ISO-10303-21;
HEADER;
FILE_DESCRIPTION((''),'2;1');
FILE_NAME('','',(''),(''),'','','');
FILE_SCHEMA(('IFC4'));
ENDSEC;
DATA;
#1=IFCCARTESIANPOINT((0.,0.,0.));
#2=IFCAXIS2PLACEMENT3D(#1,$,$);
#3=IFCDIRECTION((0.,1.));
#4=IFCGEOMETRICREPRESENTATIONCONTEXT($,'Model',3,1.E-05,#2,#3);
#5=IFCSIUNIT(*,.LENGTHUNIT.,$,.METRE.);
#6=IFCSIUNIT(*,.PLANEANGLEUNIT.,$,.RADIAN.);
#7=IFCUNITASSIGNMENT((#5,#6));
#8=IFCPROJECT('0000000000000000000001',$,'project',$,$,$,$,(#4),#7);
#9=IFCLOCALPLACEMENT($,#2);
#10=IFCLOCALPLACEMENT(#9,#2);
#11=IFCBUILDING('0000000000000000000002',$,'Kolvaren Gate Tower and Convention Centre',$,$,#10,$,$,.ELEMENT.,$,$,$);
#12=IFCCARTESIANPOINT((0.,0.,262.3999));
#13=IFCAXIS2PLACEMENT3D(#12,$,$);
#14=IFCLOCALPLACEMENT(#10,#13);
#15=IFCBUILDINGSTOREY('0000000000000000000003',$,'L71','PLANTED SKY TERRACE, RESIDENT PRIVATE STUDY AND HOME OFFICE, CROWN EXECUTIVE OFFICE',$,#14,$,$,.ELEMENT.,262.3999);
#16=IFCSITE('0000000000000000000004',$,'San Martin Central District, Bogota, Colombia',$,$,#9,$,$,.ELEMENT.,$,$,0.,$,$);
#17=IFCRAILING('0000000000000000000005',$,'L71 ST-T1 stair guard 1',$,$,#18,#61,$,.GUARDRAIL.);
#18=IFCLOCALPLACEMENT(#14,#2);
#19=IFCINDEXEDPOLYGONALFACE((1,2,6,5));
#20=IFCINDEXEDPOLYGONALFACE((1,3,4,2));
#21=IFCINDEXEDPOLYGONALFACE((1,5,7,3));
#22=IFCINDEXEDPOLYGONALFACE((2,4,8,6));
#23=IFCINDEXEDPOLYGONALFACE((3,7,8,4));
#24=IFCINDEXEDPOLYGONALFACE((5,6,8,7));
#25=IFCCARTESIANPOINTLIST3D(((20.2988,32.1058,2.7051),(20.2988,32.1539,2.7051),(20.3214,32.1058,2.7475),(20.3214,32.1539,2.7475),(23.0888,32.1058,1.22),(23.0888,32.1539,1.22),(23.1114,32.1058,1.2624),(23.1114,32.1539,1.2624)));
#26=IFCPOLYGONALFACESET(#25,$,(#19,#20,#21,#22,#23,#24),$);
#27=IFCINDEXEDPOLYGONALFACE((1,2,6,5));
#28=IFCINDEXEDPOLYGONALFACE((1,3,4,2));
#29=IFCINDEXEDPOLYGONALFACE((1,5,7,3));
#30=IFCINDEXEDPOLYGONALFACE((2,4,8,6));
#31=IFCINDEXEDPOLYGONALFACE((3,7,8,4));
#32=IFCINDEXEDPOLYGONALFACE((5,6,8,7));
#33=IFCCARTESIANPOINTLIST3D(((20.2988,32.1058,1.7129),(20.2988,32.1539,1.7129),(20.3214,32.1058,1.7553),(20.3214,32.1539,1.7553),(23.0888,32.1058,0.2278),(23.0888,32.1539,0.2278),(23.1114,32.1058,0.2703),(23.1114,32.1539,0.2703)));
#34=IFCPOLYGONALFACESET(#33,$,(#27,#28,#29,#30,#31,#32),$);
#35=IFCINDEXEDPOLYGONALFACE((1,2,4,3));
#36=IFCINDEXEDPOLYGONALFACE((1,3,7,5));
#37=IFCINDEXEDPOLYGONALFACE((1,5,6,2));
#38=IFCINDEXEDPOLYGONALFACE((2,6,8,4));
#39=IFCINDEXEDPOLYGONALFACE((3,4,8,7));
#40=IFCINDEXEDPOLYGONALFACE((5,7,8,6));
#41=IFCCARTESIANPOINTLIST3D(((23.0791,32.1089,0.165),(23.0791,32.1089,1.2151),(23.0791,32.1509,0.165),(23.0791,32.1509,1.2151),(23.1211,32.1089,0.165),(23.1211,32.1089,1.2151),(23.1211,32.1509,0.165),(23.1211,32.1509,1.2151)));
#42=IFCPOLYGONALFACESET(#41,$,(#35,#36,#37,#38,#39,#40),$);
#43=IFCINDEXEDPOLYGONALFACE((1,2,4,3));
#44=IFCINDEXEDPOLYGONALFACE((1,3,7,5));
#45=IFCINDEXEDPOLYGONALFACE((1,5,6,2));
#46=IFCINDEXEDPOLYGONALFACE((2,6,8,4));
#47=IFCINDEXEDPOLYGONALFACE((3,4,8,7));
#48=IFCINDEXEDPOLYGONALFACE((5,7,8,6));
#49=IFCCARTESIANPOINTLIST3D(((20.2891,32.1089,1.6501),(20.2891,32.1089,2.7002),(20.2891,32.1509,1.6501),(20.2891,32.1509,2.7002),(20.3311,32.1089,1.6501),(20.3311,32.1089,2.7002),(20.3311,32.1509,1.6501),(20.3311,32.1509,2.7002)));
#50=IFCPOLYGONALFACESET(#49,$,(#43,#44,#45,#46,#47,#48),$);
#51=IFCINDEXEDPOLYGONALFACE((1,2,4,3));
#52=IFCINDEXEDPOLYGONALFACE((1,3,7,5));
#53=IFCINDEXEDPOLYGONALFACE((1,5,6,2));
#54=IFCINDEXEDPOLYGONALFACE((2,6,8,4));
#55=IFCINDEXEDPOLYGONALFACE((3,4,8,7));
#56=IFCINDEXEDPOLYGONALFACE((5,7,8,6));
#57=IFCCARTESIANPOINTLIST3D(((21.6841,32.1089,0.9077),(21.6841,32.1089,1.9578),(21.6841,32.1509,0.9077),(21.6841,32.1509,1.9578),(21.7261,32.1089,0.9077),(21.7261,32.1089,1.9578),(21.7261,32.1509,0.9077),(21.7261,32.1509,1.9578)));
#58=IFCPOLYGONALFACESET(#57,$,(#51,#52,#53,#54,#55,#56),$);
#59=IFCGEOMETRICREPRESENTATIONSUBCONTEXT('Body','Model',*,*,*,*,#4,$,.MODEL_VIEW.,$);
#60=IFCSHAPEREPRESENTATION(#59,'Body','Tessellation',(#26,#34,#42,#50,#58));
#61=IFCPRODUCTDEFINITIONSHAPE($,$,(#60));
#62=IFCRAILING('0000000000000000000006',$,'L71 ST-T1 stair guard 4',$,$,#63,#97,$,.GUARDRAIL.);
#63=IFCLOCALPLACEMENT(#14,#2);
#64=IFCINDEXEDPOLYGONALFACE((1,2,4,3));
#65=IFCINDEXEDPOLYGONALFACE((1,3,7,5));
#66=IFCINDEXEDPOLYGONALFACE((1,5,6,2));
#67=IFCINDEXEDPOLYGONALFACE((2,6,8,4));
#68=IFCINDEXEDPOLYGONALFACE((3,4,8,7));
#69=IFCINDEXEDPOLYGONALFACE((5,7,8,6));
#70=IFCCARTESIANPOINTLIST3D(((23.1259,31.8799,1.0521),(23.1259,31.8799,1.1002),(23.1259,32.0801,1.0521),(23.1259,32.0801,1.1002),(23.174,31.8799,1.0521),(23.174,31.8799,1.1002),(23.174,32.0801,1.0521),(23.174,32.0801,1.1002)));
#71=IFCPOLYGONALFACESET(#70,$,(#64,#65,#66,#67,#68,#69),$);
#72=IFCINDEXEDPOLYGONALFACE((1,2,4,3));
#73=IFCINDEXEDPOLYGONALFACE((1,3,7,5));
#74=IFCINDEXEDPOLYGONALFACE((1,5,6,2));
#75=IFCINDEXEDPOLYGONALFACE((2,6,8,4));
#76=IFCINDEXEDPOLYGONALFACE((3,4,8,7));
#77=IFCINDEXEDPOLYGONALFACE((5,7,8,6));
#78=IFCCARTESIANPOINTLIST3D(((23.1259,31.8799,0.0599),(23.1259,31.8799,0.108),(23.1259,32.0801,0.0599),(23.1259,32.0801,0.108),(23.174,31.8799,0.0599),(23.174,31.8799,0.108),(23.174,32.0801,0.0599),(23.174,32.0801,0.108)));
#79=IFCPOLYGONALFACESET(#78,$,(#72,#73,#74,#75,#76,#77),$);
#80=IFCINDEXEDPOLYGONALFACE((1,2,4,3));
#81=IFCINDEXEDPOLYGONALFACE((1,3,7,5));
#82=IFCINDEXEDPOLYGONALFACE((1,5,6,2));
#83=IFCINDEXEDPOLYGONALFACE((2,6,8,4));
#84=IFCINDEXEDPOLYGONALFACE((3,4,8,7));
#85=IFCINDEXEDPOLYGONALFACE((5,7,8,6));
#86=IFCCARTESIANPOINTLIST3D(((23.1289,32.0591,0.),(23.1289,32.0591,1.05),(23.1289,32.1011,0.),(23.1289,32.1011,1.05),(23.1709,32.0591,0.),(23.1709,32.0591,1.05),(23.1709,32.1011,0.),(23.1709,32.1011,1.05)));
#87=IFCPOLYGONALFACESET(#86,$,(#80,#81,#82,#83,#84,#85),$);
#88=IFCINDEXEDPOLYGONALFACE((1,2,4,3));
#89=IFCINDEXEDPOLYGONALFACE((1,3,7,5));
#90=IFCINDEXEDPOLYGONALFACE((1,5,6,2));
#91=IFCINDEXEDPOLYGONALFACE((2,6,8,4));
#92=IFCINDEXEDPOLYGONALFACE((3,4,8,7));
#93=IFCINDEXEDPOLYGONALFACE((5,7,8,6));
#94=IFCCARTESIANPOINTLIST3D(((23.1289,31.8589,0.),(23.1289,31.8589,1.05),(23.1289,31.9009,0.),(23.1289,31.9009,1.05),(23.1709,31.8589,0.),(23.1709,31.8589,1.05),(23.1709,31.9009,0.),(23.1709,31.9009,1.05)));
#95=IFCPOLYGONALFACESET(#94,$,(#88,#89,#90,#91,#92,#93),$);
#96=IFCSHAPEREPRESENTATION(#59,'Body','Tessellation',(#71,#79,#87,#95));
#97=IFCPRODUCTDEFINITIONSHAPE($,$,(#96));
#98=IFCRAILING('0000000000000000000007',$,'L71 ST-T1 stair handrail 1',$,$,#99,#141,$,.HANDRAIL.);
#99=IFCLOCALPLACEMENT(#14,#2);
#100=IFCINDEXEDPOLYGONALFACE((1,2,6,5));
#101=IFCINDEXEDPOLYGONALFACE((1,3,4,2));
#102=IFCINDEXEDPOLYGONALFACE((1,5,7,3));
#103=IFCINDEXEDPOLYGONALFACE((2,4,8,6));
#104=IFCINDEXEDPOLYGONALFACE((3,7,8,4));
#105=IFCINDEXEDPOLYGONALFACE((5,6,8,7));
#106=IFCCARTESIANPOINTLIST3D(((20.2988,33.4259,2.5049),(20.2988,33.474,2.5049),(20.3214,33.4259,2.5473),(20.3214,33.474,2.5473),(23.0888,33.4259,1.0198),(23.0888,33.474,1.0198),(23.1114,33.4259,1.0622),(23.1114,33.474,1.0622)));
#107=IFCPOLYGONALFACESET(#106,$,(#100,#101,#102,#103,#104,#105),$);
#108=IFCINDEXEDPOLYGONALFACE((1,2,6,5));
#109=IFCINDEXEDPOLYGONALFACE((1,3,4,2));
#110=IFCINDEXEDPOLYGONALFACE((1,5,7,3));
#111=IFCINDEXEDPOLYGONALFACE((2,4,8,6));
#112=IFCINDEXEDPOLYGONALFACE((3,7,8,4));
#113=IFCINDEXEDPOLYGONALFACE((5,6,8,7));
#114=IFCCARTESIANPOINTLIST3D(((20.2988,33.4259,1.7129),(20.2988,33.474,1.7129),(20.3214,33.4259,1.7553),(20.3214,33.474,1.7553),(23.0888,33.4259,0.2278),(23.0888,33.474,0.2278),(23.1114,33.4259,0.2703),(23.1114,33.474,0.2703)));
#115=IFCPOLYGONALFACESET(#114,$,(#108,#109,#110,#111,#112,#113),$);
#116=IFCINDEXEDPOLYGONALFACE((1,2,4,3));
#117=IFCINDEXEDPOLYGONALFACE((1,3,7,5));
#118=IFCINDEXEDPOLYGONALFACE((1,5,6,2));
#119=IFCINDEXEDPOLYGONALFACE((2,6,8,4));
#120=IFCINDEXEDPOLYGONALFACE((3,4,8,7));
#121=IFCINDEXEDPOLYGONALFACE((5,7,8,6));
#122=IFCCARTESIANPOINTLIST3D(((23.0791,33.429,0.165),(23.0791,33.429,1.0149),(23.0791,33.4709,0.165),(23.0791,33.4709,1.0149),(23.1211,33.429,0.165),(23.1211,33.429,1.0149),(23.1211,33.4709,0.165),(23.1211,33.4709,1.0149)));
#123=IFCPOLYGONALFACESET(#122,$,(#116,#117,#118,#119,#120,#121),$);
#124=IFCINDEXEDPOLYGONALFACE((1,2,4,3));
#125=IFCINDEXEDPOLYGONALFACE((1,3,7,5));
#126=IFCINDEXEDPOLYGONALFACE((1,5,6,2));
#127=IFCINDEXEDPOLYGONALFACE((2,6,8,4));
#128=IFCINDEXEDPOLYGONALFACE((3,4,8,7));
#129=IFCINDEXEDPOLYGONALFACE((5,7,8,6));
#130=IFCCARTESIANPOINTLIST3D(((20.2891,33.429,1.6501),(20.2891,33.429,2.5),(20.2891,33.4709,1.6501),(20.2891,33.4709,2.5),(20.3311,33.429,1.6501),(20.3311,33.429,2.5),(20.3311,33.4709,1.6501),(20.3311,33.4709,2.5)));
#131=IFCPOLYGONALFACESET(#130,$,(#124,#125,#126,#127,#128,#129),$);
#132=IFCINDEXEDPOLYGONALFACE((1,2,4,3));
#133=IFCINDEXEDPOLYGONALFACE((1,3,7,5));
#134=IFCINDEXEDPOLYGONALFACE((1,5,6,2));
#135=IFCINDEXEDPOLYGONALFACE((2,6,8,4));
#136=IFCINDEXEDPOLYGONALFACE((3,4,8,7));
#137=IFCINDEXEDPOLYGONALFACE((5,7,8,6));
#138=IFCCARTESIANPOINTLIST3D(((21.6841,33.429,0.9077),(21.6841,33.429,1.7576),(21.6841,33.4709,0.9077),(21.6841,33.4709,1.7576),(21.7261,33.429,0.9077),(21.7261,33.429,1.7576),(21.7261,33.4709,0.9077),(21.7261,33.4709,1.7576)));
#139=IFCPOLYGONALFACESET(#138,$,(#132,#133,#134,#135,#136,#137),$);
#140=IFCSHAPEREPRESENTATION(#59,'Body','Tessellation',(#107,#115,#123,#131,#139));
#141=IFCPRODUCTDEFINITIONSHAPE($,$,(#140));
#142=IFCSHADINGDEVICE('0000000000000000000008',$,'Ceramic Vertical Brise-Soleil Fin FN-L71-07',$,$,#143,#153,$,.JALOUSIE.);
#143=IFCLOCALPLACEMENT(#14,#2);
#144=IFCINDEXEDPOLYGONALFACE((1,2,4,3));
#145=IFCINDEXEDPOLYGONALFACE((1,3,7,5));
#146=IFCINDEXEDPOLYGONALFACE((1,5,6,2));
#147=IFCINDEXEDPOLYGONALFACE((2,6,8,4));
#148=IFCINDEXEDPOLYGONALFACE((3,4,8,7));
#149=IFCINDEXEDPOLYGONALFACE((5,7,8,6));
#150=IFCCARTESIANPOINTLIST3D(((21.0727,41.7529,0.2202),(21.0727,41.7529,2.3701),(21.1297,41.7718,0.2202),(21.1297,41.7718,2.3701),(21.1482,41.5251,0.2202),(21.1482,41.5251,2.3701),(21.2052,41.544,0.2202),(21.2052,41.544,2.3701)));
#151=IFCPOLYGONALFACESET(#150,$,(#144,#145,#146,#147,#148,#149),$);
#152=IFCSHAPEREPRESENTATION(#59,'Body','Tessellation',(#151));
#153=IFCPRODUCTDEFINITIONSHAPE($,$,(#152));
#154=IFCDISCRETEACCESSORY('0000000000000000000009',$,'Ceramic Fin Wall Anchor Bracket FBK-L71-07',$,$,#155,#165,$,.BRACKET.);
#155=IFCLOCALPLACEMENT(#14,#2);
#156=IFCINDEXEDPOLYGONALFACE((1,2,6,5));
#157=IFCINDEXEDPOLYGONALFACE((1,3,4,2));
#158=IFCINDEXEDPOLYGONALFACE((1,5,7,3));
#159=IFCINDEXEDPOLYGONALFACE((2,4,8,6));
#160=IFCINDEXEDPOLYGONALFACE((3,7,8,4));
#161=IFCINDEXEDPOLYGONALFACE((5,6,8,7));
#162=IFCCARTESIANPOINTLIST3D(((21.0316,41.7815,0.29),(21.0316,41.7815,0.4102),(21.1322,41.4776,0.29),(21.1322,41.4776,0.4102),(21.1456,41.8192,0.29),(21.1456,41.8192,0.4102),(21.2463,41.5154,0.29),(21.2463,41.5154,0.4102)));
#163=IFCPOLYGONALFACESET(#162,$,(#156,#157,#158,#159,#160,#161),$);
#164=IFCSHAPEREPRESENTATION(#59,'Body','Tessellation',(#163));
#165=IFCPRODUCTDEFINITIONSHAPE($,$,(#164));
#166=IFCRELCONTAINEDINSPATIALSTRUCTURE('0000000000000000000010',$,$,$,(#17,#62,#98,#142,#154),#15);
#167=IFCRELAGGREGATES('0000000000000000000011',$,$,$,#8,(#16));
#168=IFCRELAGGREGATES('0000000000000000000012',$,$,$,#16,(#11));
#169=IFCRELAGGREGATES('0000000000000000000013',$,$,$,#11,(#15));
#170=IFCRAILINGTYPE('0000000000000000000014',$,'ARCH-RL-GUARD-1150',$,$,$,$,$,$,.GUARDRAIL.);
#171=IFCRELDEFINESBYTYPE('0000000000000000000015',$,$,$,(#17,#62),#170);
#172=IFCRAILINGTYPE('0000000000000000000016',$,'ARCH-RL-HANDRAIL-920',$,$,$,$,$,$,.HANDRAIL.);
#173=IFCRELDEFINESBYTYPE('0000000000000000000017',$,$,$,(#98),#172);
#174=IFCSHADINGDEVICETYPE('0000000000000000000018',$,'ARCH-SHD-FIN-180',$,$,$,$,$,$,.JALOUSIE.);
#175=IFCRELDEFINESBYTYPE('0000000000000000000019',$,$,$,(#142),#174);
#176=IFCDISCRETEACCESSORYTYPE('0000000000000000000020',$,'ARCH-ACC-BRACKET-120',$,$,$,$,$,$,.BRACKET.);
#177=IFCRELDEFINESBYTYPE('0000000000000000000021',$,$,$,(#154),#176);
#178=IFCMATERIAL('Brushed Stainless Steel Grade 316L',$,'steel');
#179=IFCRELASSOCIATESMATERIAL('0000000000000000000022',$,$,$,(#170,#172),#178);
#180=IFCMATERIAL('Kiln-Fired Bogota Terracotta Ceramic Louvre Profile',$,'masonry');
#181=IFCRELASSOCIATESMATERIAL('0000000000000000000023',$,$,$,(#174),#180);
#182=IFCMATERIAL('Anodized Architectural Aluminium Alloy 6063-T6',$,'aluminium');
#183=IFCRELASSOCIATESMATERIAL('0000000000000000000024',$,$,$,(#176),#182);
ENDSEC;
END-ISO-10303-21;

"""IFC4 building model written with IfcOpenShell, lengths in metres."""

from ifc_helpers import new_model, si_unit, direction, frame, origin, origin_2d, place, context, subcontext, project, spatial, rectangle, extrude, material, type_object, element, save


model = new_model("IFC4")

# Units and contexts
model_context = context("Model", 3, precision=1e-05, world=origin(), true_north=direction((0.0, 1.0)))
body_context = subcontext(model_context, "Body", "Model", "MODEL_VIEW")
ifc_project = project(units=[si_unit("LENGTHUNIT", "METRE"), si_unit("PLANEANGLEUNIT", "RADIAN")], contexts=[model_context])

# Site, building, storey
site_placement = place(None, origin())
site = spatial("IfcSite", under=ifc_project, at=site_placement, Name="San Martin Central District, Bogota, Colombia", CompositionType="ELEMENT", RefElevation=0.0)
building_placement = place(site_placement, origin())
building = spatial("IfcBuilding", under=site, at=building_placement, Name="Kolvaren Gate Tower and Convention Centre", CompositionType="ELEMENT")
storey_placement = place(building_placement, frame((0.0, 0.0, 262.3999)))
storey = spatial("IfcBuildingStorey", under=building, at=storey_placement, Name="L71", Description="PLANTED SKY TERRACE, RESIDENT PRIVATE STUDY AND HOME OFFICE, CROWN EXECUTIVE OFFICE", CompositionType="ELEMENT", Elevation=262.3999)

# Railings
ifc_material_1 = material(Name="Brushed Stainless Steel Grade 316L", Category="steel")
railing_type_1 = type_object("IfcRailingType", Name="ARCH-RL-GUARD-1150", PredefinedType="GUARDRAIL", material=ifc_material_1)
railing_1_placement = place(storey_placement, frame((23.1001, 32.1299, 0.165)))
element("IfcRailing", 1, at=railing_1_placement, inside=storey, type_object=railing_type_1, Name="L71 ST-T1 stair guard 1", PredefinedType="GUARDRAIL", context=body_context, shape_type="SweptSolid", body=[
    extrude(rectangle(XDim=0.0481, YDim=0.0481, at=origin_2d()), frame((0.0, 0.0, 1.0762), z_axis=(-0.882735, 0.0, 0.46987), x_axis=(0.0, -1.0, 0.0)), (0.0, 0.0, 1.0), 3.1606),
    extrude(rectangle(XDim=0.0481, YDim=0.0481, at=origin_2d()), frame((0.0, 0.0, 0.084), z_axis=(-0.882735, 0.0, 0.46987), x_axis=(0.0, -1.0, 0.0)), (0.0, 0.0, 1.0), 3.1606),
    extrude(rectangle(XDim=0.042, YDim=0.042, at=origin_2d()), origin(), (0.0, 0.0, 1.0), 1.05),
    extrude(rectangle(XDim=0.042, YDim=0.042, at=origin_2d()), frame((-2.79, 0.0, 1.4851)), (0.0, 0.0, 1.0), 1.05),
    extrude(rectangle(XDim=0.042, YDim=0.042, at=origin_2d()), frame((-1.395, 0.0, 0.7427)), (0.0, 0.0, 1.0), 1.05),
])
railing_2_placement = place(storey_placement, frame((23.1499, 32.0801, 0.0)))
element("IfcRailing", 2, at=railing_2_placement, inside=storey, type_object=railing_type_1, Name="L71 ST-T1 stair guard 4", PredefinedType="GUARDRAIL", context=body_context, shape_type="SweptSolid", body=[
    extrude(rectangle(XDim=0.0481, YDim=0.0481, at=origin_2d()), frame((0.0, 0.0, 1.0762), z_axis=(0.0, -1.0, 0.0), x_axis=(1.0, 0.0, 0.0)), (0.0, 0.0, 1.0), 0.2002),
    extrude(rectangle(XDim=0.0481, YDim=0.0481, at=origin_2d()), frame((0.0, 0.0, 0.084), z_axis=(0.0, -1.0, 0.0), x_axis=(1.0, 0.0, 0.0)), (0.0, 0.0, 1.0), 0.2002),
    extrude(rectangle(XDim=0.042, YDim=0.042, at=origin_2d()), origin(), (0.0, 0.0, 1.0), 1.05),
    extrude(rectangle(XDim=0.042, YDim=0.042, at=origin_2d()), frame((0.0, -0.2002, 0.0)), (0.0, 0.0, 1.0), 1.05),
])
railing_type_2 = type_object("IfcRailingType", Name="ARCH-RL-HANDRAIL-920", PredefinedType="HANDRAIL", material=ifc_material_1)
railing_3_placement = place(storey_placement, frame((23.1001, 33.45, 0.165)))
element("IfcRailing", 3, at=railing_3_placement, inside=storey, type_object=railing_type_2, Name="L71 ST-T1 stair handrail 1", PredefinedType="HANDRAIL", context=body_context, shape_type="SweptSolid", body=[
    extrude(rectangle(XDim=0.0481, YDim=0.0481, at=origin_2d()), frame((0.0, 0.0, 0.876), z_axis=(-0.882735, 0.0, 0.46987), x_axis=(0.0, -1.0, 0.0)), (0.0, 0.0, 1.0), 3.1606),
    extrude(rectangle(XDim=0.0481, YDim=0.0481, at=origin_2d()), frame((0.0, 0.0, 0.084), z_axis=(-0.882735, 0.0, 0.46987), x_axis=(0.0, -1.0, 0.0)), (0.0, 0.0, 1.0), 3.1606),
    extrude(rectangle(XDim=0.042, YDim=0.042, at=origin_2d()), origin(), (0.0, 0.0, 1.0), 0.8499),
    extrude(rectangle(XDim=0.042, YDim=0.042, at=origin_2d()), frame((-2.79, 0.0, 1.4851)), (0.0, 0.0, 1.0), 0.8499),
    extrude(rectangle(XDim=0.042, YDim=0.042, at=origin_2d()), frame((-1.395, 0.0, 0.7427)), (0.0, 0.0, 1.0), 0.8499),
])

# Shading device
ifc_material_2 = material(Name="Kiln-Fired Bogota Terracotta Ceramic Louvre Profile", Category="masonry")
shading_device_type = type_object("IfcShadingDeviceType", Name="ARCH-SHD-FIN-180", PredefinedType="JALOUSIE", material=ifc_material_2)
shading_device_placement = place(storey_placement, frame((21.1389, 41.6484, 0.2202), z_axis=(0.0, 0.0, 1.0), x_axis=(0.949243, 0.314543, 0.0)))
element("IfcShadingDevice", 4, at=shading_device_placement, inside=storey, type_object=shading_device_type, Name="Ceramic Vertical Brise-Soleil Fin FN-L71-07", PredefinedType="JALOUSIE", context=body_context, shape_type="SweptSolid", body=[
    extrude(rectangle(XDim=0.0601, YDim=0.24, at=origin_2d()), origin(), (0.0, 0.0, 1.0), 2.1499),
])

# Discrete accessory
ifc_material_3 = material(Name="Anodized Architectural Aluminium Alloy 6063-T6", Category="aluminium")
discrete_accessory_type = type_object("IfcDiscreteAccessoryType", Name="ARCH-ACC-BRACKET-120", PredefinedType="BRACKET", material=ifc_material_3)
discrete_accessory_placement = place(storey_placement, frame((21.1389, 41.6484, 0.29), z_axis=(0.0, 0.0, 1.0), x_axis=(0.949243, 0.314543, 0.0)))
element("IfcDiscreteAccessory", 5, at=discrete_accessory_placement, inside=storey, type_object=discrete_accessory_type, Name="Ceramic Fin Wall Anchor Bracket FBK-L71-07", PredefinedType="BRACKET", context=body_context, shape_type="SweptSolid", body=[
    extrude(rectangle(XDim=0.1201, YDim=0.3201, at=origin_2d()), origin(), (0.0, 0.0, 1.0), 0.1201),
])

save(model, "model.ifc")
